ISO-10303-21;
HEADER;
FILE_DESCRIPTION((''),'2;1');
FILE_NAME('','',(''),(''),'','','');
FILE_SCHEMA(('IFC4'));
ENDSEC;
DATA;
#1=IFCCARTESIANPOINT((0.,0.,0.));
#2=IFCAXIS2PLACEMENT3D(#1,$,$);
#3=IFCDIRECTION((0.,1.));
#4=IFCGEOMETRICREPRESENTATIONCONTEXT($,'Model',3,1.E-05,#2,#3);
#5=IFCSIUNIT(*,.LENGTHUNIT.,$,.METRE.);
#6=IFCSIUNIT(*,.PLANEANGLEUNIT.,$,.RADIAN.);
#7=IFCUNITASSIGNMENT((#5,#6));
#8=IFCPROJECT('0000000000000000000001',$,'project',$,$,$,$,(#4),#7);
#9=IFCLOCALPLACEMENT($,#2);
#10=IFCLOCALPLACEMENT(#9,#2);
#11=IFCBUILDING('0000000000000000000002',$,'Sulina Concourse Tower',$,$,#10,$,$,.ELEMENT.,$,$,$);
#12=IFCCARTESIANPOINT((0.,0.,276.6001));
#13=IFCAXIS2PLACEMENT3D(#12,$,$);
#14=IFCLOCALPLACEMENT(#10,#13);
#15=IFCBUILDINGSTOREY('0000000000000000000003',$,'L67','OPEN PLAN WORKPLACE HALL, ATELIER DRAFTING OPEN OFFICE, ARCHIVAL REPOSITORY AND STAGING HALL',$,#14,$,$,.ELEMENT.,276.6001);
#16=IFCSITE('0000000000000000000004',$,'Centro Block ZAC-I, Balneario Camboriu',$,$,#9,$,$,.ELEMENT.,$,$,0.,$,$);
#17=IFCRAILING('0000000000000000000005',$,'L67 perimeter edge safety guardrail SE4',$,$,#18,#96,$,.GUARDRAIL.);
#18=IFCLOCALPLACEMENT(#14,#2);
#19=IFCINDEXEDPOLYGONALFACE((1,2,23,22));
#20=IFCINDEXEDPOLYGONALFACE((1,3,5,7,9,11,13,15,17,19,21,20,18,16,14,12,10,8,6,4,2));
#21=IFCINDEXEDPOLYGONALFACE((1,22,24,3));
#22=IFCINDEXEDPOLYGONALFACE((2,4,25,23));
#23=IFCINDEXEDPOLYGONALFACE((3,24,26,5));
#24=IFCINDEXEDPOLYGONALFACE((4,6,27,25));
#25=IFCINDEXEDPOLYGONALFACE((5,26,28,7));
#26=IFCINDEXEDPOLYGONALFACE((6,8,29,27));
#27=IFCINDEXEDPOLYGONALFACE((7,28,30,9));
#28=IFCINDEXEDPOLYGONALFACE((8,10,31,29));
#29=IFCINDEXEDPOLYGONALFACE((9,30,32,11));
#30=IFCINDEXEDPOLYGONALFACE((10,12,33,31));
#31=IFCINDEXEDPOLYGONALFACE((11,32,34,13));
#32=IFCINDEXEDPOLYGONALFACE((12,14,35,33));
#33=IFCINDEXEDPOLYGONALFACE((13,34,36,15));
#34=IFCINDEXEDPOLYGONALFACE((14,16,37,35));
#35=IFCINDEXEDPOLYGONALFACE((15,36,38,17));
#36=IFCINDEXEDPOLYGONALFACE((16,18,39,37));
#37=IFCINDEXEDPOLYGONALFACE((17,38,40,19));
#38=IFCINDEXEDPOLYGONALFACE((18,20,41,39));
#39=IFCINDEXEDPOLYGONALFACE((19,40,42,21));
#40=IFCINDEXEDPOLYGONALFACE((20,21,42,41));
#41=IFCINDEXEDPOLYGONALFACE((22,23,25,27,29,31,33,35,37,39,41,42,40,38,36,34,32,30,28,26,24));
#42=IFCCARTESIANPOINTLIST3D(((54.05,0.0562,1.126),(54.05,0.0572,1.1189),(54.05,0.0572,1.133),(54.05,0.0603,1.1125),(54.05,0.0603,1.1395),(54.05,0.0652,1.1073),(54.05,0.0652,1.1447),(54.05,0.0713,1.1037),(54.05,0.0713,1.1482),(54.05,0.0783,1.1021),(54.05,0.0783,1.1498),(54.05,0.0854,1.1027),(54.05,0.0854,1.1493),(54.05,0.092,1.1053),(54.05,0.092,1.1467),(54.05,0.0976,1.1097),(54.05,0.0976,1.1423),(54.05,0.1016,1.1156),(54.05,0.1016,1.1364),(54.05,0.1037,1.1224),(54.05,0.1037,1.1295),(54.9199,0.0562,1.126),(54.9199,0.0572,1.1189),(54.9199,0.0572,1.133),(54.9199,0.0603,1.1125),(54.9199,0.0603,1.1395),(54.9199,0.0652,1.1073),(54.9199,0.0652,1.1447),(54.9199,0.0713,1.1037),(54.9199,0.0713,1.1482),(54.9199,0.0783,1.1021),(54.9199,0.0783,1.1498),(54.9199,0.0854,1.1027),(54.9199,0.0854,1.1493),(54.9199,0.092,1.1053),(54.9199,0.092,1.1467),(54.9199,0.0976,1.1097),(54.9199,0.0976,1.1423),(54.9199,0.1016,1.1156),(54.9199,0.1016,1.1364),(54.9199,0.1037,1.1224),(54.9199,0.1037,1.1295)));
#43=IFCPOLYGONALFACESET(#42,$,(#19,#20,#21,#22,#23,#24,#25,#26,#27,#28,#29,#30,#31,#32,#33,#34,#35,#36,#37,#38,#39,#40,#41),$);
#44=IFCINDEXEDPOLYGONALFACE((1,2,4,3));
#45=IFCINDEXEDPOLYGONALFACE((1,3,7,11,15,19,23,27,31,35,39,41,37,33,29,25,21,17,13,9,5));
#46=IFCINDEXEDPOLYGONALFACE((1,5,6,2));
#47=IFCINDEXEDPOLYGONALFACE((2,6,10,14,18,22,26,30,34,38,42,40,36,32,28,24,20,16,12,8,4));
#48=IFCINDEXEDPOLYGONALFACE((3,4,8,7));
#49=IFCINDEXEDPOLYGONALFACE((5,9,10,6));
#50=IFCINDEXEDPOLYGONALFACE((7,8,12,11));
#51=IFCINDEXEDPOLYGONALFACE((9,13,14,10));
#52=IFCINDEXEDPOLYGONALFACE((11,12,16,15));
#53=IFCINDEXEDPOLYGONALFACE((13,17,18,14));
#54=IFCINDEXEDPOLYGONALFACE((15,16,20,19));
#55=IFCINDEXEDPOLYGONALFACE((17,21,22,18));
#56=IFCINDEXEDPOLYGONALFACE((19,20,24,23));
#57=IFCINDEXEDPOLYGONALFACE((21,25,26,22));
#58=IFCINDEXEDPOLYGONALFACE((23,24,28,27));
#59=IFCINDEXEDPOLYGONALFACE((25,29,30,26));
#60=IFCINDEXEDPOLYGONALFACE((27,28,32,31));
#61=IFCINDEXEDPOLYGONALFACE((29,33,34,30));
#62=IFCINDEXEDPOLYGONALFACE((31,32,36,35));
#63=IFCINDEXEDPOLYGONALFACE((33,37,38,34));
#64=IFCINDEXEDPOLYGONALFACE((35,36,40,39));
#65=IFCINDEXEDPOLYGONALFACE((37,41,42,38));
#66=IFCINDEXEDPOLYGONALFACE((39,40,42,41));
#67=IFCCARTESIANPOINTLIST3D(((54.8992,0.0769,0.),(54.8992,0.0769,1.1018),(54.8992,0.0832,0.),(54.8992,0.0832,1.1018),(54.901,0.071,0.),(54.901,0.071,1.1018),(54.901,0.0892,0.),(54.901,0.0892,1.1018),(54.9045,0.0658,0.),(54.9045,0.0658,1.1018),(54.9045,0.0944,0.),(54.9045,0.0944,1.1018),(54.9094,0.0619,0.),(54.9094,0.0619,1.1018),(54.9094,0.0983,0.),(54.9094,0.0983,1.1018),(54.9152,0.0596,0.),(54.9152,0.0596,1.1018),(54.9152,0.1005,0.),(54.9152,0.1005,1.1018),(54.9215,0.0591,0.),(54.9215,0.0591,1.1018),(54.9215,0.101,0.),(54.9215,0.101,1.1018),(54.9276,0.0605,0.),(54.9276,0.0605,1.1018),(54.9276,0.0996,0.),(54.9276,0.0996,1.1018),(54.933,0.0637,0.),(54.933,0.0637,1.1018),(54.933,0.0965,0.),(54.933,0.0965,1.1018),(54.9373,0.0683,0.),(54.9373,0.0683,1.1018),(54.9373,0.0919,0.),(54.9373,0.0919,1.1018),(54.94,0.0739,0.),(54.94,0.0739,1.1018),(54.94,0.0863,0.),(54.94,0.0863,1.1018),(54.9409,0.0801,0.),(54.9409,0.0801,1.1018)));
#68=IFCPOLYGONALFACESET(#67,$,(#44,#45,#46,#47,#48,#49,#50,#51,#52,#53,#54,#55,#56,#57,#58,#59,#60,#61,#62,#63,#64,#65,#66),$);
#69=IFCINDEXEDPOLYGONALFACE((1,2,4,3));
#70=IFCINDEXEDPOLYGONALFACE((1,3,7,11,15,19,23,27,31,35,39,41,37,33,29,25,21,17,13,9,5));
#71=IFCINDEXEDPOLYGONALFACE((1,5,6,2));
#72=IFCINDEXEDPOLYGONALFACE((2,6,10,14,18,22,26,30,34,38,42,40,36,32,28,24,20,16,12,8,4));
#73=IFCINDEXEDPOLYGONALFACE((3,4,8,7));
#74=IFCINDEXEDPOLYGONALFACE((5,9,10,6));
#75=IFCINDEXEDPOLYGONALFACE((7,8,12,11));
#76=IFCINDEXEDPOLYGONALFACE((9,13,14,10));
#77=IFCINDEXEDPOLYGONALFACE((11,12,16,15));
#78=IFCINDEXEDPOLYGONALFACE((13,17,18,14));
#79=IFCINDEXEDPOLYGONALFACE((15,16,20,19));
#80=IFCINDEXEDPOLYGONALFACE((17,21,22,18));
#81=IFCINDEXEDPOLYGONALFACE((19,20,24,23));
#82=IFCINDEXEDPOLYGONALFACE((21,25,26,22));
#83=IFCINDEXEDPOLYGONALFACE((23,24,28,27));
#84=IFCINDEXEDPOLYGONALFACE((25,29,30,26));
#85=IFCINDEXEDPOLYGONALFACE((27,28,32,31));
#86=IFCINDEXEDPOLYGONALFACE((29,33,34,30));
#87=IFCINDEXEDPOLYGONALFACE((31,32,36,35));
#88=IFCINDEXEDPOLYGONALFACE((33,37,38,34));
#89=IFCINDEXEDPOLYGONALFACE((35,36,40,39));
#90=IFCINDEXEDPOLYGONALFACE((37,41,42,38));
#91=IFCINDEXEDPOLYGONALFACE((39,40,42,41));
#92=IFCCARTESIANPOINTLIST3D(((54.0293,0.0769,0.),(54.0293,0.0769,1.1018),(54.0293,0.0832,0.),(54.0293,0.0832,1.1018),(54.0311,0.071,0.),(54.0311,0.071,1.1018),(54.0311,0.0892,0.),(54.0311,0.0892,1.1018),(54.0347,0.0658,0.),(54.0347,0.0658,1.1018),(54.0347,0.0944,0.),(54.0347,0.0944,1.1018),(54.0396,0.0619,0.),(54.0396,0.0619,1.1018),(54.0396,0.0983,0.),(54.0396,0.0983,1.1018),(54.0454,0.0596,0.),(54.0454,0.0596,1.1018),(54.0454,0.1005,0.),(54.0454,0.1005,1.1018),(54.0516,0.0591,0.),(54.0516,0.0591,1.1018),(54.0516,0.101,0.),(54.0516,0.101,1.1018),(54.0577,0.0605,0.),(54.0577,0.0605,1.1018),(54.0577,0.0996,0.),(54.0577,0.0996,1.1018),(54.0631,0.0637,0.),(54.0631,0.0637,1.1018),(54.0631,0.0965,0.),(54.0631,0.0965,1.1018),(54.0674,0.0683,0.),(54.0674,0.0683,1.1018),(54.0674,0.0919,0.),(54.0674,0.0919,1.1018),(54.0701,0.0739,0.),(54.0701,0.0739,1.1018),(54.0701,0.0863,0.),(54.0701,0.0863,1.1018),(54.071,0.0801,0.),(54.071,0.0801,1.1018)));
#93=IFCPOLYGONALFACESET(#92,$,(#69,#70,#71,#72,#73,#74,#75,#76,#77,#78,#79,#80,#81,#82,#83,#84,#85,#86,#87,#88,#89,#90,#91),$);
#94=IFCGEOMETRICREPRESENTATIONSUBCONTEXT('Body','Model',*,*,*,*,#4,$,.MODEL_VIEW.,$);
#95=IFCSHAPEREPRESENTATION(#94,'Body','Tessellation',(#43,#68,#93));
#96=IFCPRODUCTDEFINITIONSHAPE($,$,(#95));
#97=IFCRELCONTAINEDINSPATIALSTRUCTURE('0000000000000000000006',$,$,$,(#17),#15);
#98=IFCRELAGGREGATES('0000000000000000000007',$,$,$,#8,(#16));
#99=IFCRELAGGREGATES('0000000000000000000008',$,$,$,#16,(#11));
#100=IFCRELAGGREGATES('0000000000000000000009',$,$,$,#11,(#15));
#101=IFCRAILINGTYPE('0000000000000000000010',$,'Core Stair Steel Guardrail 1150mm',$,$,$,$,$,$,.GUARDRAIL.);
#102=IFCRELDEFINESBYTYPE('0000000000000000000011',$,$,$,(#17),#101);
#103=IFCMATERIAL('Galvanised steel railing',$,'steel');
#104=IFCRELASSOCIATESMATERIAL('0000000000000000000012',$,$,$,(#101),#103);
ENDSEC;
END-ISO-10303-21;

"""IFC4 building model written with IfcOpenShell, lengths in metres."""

from ifc_helpers import new_model, si_unit, direction, frame, origin, origin_2d, place, context, subcontext, project, spatial, circle, extrude, material, type_object, element, save


model = new_model("IFC4")

# Units and contexts
model_context = context("Model", 3, precision=1e-05, world=origin(), true_north=direction((0.0, 1.0)))
body_context = subcontext(model_context, "Body", "Model", "MODEL_VIEW")
ifc_project = project(units=[si_unit("LENGTHUNIT", "METRE"), si_unit("PLANEANGLEUNIT", "RADIAN")], contexts=[model_context])

# Site, building, storey
site_placement = place(None, origin())
site = spatial("IfcSite", under=ifc_project, at=site_placement, Name="Centro Block ZAC-I, Balneario Camboriu", CompositionType="ELEMENT", RefElevation=0.0)
building_placement = place(site_placement, origin())
building = spatial("IfcBuilding", under=site, at=building_placement, Name="Sulina Concourse Tower", CompositionType="ELEMENT")
storey_placement = place(building_placement, frame((0.0, 0.0, 276.6001)))
storey = spatial("IfcBuildingStorey", under=building, at=storey_placement, Name="L67", Description="OPEN PLAN WORKPLACE HALL, ATELIER DRAFTING OPEN OFFICE, ARCHIVAL REPOSITORY AND STAGING HALL", CompositionType="ELEMENT", Elevation=276.6001)

# Railing
ifc_material_1 = material(Name="Galvanised steel railing", Category="steel")
railing_type = type_object("IfcRailingType", Name="Core Stair Steel Guardrail 1150mm", PredefinedType="GUARDRAIL", material=ifc_material_1)
railing_1_placement = place(storey_placement, frame((54.9199, 0.0801, 0.0)))
element("IfcRailing", 1, at=railing_1_placement, inside=storey, type_object=railing_type, Name="L67 perimeter edge safety guardrail SE4", PredefinedType="GUARDRAIL", context=body_context, shape_type="SweptSolid", body=[
    extrude(circle(Radius=0.0239, at=origin_2d()), frame((0.0, 0.0, 1.126), z_axis=(-1.0, 0.0, 0.0), x_axis=(0.0, -1.0, 0.0)), (0.0, 0.0, 1.0), 0.8699),
    extrude(circle(Radius=0.021, at=origin_2d()), origin(), (0.0, 0.0, 1.0), 1.1018),
    extrude(circle(Radius=0.021, at=origin_2d()), frame((-0.8699, 0.0, 0.0)), (0.0, 0.0, 1.0), 1.1018),
])

save(model, "model.ifc")
